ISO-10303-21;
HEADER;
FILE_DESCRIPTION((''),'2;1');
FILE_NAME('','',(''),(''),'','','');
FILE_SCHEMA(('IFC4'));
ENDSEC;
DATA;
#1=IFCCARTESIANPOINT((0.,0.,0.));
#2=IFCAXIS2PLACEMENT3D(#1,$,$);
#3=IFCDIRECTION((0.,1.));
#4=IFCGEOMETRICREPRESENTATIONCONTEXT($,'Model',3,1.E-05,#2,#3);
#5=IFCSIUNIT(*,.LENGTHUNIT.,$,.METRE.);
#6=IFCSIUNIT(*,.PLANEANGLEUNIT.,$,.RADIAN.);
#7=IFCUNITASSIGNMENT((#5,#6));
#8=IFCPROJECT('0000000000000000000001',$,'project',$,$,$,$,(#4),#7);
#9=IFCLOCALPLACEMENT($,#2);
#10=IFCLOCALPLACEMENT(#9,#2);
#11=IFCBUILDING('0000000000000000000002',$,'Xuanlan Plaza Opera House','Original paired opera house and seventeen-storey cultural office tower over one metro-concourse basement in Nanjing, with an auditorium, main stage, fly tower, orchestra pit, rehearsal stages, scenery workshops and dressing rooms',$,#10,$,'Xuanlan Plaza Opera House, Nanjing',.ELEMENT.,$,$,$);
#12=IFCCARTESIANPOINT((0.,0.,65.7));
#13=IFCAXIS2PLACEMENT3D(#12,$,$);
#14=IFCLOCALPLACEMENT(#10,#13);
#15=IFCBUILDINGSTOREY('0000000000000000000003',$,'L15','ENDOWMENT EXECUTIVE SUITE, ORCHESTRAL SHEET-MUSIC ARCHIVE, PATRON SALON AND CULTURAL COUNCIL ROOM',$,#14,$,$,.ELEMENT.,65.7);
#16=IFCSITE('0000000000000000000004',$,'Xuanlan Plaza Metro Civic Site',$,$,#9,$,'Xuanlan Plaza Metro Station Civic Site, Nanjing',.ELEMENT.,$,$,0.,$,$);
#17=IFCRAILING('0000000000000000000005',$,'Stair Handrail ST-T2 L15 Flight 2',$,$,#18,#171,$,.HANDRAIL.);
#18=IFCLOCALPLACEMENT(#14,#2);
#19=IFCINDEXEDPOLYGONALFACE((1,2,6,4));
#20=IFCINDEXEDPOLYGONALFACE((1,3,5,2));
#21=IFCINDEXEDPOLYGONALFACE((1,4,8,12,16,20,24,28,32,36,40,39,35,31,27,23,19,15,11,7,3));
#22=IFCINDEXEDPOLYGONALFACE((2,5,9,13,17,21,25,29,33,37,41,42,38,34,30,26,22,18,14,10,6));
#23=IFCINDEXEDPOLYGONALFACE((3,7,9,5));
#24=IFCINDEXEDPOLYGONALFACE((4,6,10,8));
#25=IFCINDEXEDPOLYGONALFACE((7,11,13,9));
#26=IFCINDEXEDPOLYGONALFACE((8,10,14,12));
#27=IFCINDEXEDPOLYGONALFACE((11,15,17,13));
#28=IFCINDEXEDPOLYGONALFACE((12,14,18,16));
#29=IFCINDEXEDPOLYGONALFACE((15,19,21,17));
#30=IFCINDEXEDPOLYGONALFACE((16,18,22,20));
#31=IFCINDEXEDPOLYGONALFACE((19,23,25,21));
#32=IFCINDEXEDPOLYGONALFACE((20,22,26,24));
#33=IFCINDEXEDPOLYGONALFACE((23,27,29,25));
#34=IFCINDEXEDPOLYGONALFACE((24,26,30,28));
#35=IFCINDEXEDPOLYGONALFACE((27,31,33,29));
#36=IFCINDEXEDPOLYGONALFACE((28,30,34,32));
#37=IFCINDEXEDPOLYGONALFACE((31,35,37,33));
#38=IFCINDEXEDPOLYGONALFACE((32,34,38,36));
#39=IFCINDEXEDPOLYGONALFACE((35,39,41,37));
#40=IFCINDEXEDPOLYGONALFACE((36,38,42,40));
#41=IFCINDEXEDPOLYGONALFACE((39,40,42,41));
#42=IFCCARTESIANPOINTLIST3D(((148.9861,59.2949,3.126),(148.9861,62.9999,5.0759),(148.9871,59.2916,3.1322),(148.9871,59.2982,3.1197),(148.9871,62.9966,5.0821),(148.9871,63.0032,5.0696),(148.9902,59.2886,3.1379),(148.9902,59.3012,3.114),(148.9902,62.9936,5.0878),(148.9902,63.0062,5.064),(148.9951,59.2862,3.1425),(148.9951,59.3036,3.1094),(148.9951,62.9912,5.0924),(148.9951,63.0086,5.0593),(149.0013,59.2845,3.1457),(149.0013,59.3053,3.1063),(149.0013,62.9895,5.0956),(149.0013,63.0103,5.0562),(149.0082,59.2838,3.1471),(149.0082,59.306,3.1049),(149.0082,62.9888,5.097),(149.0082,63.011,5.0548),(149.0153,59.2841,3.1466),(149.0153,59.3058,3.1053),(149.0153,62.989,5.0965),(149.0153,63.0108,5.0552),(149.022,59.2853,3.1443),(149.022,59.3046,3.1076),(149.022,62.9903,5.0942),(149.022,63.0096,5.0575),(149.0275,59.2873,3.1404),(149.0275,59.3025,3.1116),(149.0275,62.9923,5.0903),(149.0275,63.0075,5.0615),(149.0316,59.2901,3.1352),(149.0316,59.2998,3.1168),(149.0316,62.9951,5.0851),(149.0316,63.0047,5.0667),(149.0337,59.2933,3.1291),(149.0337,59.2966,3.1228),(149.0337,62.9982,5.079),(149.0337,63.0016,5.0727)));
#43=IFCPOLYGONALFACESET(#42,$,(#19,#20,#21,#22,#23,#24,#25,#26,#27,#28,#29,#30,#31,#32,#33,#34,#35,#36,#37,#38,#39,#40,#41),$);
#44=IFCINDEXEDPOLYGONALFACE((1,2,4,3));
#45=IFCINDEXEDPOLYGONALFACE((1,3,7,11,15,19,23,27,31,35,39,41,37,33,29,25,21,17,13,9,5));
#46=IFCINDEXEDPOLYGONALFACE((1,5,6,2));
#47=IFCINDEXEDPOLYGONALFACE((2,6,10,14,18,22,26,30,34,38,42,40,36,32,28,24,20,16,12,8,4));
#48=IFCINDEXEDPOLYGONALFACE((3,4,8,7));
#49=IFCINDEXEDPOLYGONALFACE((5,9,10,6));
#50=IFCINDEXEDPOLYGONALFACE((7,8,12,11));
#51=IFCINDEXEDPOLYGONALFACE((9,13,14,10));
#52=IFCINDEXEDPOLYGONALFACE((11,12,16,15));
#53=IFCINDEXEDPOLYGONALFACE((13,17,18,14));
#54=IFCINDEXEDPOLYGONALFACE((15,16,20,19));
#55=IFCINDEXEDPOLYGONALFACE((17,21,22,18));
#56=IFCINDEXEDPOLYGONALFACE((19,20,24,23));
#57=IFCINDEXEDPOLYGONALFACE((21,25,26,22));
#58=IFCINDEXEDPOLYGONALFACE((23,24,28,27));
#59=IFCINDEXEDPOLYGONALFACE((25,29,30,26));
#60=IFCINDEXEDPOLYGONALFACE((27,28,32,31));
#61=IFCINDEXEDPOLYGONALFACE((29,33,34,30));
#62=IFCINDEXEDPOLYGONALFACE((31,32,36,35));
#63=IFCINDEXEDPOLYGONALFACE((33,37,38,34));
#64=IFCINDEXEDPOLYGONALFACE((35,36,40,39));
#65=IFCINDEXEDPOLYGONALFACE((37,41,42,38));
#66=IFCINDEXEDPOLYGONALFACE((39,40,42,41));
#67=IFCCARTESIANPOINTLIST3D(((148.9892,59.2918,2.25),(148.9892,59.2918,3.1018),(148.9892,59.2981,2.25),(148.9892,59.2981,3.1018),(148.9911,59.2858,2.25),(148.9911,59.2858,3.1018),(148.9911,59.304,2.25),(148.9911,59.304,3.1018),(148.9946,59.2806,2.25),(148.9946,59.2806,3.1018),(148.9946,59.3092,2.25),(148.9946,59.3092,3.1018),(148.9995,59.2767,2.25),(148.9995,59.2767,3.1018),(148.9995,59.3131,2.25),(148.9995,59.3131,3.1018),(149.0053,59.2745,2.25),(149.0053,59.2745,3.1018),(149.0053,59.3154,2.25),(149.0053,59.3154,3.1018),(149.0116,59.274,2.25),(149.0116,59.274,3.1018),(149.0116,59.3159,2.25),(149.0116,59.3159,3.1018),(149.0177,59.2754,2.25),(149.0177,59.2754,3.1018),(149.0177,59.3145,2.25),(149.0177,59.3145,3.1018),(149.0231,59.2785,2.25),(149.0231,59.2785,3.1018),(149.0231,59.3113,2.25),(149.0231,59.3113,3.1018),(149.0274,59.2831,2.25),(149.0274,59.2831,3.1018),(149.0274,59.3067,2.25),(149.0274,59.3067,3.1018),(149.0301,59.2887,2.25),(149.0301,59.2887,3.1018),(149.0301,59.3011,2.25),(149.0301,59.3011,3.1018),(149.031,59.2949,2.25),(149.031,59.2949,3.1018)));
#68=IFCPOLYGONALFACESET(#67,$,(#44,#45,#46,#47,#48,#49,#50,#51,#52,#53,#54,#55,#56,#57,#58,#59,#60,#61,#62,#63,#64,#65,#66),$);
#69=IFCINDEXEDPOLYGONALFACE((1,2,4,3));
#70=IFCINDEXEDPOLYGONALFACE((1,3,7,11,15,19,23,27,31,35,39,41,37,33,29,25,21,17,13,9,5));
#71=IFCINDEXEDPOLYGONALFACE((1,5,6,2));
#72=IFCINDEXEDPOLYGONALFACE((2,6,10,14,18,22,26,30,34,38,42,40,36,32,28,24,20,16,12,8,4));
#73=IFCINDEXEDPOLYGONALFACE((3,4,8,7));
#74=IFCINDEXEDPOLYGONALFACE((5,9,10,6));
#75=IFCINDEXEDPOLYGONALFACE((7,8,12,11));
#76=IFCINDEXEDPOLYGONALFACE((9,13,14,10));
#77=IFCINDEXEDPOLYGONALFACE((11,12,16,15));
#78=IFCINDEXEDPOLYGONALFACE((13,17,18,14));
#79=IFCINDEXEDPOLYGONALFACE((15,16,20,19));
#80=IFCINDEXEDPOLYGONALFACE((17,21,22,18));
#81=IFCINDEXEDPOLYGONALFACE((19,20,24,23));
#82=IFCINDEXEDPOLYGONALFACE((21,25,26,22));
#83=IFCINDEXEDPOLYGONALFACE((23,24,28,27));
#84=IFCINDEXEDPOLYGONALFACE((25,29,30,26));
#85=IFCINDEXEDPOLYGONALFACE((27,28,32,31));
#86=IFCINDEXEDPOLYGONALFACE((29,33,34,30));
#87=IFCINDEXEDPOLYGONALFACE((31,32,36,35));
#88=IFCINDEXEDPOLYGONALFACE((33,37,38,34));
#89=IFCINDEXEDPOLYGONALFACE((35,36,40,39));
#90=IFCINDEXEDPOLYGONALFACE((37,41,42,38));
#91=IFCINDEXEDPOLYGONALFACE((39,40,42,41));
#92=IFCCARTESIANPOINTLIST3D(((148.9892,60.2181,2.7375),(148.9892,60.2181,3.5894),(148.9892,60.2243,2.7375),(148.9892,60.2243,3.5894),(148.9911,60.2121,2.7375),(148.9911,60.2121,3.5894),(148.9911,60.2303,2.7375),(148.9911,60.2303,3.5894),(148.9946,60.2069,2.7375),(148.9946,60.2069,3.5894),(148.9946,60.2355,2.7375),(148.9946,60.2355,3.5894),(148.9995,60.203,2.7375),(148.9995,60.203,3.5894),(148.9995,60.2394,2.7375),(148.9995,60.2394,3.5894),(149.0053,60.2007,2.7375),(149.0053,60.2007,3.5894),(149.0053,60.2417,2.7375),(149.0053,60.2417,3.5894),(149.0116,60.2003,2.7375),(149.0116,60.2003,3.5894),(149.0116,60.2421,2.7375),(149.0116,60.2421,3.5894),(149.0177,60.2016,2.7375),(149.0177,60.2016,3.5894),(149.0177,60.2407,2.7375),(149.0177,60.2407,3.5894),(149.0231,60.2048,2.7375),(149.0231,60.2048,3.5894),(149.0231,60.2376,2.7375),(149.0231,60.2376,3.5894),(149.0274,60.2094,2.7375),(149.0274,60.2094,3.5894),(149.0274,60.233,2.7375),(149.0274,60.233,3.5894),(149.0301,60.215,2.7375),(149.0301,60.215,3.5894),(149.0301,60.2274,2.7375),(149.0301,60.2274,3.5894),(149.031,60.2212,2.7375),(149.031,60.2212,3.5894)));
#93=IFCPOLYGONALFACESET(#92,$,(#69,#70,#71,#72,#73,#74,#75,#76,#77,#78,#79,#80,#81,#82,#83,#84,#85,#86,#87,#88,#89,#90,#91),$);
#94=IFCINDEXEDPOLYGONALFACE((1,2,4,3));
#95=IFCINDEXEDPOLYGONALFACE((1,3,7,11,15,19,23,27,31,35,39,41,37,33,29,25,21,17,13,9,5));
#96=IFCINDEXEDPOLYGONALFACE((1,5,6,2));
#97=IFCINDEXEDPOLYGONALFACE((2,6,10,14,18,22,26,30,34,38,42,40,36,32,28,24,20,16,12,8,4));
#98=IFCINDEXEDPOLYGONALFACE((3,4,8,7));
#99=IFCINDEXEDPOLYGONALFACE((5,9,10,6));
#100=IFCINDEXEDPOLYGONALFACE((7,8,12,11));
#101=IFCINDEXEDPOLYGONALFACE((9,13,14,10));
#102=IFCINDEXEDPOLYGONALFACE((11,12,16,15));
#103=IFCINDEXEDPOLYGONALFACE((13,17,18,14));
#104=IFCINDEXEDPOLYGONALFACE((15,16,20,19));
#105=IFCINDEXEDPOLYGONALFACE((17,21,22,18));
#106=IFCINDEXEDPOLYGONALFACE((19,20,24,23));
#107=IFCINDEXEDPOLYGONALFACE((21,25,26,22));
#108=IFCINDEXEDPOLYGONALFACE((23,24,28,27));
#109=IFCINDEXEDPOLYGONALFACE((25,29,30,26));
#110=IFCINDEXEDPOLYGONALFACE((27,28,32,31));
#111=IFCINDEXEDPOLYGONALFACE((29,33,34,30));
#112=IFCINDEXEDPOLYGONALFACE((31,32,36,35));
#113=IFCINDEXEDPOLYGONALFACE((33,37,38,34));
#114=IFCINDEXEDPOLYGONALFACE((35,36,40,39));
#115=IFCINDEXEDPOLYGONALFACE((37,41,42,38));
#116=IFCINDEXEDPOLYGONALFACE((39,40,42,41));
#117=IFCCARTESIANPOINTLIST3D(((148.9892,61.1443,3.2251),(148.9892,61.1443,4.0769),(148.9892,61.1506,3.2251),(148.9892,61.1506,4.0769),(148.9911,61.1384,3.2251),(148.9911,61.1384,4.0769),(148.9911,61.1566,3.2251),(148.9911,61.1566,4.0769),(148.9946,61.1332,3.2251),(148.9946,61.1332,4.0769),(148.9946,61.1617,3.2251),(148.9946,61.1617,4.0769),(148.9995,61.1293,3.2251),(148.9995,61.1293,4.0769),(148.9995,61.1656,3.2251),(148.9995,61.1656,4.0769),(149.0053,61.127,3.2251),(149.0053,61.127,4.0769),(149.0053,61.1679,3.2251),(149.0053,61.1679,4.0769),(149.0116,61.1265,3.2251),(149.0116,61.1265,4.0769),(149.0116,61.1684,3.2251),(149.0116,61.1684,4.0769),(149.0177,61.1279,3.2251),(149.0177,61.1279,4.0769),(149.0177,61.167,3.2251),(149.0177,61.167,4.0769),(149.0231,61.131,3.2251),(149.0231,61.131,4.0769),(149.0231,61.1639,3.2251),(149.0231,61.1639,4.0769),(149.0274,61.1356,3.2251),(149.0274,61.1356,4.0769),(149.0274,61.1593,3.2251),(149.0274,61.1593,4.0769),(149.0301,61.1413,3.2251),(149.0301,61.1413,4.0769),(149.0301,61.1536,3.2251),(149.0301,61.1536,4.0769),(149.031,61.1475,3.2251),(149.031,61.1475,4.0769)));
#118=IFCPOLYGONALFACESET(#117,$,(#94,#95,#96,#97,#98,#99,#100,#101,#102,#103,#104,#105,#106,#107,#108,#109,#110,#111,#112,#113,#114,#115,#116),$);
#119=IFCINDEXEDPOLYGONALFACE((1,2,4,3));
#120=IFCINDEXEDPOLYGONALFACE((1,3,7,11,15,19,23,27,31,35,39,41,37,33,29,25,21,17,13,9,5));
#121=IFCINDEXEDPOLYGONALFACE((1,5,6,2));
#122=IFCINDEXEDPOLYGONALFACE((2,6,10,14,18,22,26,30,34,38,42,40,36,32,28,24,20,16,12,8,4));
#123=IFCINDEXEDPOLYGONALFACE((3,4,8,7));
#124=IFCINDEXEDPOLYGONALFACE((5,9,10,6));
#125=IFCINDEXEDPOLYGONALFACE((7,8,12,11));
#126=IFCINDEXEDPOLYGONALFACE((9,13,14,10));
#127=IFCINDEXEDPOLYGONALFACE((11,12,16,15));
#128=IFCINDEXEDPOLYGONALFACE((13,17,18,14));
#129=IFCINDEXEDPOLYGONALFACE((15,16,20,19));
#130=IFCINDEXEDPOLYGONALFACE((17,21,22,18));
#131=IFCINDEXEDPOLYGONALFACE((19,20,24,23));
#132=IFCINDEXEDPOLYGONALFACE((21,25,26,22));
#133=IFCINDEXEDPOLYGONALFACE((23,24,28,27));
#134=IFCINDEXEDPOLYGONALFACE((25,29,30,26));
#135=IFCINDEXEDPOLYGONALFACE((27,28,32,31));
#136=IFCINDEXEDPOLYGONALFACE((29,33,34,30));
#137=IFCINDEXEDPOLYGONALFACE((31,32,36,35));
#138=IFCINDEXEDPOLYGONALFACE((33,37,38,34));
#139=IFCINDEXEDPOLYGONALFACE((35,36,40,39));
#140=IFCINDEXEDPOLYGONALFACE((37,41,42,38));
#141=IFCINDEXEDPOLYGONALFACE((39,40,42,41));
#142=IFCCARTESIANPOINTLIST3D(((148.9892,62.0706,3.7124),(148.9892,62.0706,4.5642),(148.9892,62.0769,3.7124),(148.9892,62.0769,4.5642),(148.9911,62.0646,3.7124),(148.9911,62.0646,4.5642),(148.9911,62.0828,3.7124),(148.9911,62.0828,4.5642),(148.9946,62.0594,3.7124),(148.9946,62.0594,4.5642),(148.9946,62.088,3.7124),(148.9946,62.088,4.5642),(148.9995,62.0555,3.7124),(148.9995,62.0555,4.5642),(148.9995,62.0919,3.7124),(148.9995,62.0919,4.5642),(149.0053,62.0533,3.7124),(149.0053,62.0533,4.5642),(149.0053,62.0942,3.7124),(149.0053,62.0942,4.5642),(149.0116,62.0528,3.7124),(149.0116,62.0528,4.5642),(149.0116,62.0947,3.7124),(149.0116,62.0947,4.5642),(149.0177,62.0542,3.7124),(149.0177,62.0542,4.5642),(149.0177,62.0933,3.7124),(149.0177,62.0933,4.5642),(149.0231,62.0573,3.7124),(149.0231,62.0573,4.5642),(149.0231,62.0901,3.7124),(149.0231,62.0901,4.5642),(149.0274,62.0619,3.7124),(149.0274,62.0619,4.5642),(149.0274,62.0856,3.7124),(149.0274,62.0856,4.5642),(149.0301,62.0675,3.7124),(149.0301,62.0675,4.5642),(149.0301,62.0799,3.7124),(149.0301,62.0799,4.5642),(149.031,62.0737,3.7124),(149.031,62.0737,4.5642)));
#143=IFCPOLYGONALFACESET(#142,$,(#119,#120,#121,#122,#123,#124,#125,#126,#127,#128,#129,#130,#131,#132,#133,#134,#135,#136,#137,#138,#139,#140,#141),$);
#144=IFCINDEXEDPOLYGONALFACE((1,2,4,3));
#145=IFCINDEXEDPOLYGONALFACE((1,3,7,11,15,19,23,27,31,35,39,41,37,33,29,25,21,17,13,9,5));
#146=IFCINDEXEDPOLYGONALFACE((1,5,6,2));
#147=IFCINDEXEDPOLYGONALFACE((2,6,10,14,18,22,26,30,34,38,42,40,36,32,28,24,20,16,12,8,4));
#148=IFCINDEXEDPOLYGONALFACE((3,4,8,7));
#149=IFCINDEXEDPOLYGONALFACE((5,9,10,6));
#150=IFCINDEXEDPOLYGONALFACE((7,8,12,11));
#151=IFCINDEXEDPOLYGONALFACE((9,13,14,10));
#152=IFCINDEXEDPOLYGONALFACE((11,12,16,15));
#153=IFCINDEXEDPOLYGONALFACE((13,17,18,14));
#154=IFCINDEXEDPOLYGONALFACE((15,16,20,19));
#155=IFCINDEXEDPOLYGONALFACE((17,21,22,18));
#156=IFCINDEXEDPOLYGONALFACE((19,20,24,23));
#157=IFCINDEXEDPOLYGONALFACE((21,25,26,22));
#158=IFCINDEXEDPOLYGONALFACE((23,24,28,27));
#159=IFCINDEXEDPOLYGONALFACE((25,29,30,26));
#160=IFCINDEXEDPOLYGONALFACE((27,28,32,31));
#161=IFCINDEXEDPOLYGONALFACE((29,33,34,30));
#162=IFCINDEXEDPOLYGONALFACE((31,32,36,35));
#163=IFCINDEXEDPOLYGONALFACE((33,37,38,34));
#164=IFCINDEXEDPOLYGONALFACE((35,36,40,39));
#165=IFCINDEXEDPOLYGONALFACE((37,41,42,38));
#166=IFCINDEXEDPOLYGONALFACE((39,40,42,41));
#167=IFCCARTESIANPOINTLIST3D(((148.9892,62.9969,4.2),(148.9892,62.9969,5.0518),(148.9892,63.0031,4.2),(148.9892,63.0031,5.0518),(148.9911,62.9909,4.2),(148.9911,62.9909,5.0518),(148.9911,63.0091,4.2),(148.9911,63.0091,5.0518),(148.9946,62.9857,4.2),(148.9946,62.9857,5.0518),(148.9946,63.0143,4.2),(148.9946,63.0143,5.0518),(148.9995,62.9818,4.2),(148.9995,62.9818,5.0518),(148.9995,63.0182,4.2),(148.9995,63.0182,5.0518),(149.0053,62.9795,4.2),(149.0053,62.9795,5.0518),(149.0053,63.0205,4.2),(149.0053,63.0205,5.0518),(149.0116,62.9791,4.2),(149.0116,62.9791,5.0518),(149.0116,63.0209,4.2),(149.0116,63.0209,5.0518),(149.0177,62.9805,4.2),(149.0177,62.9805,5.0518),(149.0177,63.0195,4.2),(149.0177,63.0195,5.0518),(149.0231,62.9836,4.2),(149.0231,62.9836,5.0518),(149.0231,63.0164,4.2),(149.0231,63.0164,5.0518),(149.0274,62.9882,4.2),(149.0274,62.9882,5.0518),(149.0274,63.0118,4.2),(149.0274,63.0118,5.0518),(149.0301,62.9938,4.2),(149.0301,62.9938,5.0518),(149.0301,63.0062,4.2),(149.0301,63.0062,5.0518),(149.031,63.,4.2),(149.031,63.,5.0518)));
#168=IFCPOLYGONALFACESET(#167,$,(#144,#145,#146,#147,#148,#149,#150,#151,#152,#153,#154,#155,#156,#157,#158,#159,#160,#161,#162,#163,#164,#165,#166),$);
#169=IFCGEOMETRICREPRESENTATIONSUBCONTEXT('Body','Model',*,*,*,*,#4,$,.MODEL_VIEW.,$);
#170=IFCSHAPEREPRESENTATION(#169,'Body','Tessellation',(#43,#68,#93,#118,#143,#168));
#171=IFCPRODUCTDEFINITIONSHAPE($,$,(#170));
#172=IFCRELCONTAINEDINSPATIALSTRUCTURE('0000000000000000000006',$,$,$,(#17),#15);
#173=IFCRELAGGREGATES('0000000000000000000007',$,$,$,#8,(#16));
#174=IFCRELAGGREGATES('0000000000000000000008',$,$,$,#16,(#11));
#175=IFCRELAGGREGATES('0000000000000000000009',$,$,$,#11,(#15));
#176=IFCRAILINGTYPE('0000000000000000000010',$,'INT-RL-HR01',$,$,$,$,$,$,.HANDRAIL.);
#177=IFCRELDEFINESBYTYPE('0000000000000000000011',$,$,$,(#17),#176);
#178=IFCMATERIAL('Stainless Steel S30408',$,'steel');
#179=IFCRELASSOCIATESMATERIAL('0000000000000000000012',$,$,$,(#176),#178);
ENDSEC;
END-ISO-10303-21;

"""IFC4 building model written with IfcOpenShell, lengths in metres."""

from ifc_helpers import new_model, si_unit, direction, frame, origin, origin_2d, place, context, subcontext, project, spatial, circle, extrude, material, type_object, element, save


model = new_model("IFC4")

# Units and contexts
model_context = context("Model", 3, precision=1e-05, world=origin(), true_north=direction((0.0, 1.0)))
body_context = subcontext(model_context, "Body", "Model", "MODEL_VIEW")
ifc_project = project(units=[si_unit("LENGTHUNIT", "METRE"), si_unit("PLANEANGLEUNIT", "RADIAN")], contexts=[model_context])

# Site, building, storey
site_placement = place(None, origin())
site = spatial("IfcSite", under=ifc_project, at=site_placement, Name="Xuanlan Plaza Metro Civic Site", LongName="Xuanlan Plaza Metro Station Civic Site, Nanjing", CompositionType="ELEMENT", RefElevation=0.0)
building_placement = place(site_placement, origin())
building = spatial("IfcBuilding", under=site, at=building_placement, Name="Xuanlan Plaza Opera House", Description="Original paired opera house and seventeen-storey cultural office tower over one metro-concourse basement in Nanjing, with an auditorium, main stage, fly tower, orchestra pit, rehearsal stages, scenery workshops and dressing rooms", LongName="Xuanlan Plaza Opera House, Nanjing", CompositionType="ELEMENT")
storey_placement = place(building_placement, frame((0.0, 0.0, 65.7)))
storey = spatial("IfcBuildingStorey", under=building, at=storey_placement, Name="L15", Description="ENDOWMENT EXECUTIVE SUITE, ORCHESTRAL SHEET-MUSIC ARCHIVE, PATRON SALON AND CULTURAL COUNCIL ROOM", CompositionType="ELEMENT", Elevation=65.7)

# Shared definitions
ifc_material_1 = material(Name="Stainless Steel S30408", Category="steel")

# Railing
railing_type = type_object("IfcRailingType", Name="INT-RL-HR01", PredefinedType="HANDRAIL", material=ifc_material_1)
for number, where, name in (
    (1, (149.01, 59.2949, 2.25), "Stair Handrail ST-T2 L15 Flight 2"),
):
    element("IfcRailing", number, at=place(storey_placement, frame(where)), inside=storey, type_object=railing_type, Name=name, PredefinedType="HANDRAIL", context=body_context, shape_type="SweptSolid", body=[
        extrude(circle(Radius=0.0239, at=origin_2d()), frame((0.0, 0.0, 0.876), z_axis=(0.0, 0.884927, 0.46573), x_axis=(-1.0, 0.0, 0.0)), (0.0, 0.0, 1.0), 4.1868),
        extrude(circle(Radius=0.021, at=origin_2d()), origin(), (0.0, 0.0, 1.0), 0.8518),
        extrude(circle(Radius=0.021, at=origin_2d()), frame((0.0, 0.9263, 0.4875)), (0.0, 0.0, 1.0), 0.8518),
        extrude(circle(Radius=0.021, at=origin_2d()), frame((0.0, 1.8525, 0.9751)), (0.0, 0.0, 1.0), 0.8518),
        extrude(circle(Radius=0.021, at=origin_2d()), frame((0.0, 2.7788, 1.4624)), (0.0, 0.0, 1.0), 0.8518),
        extrude(circle(Radius=0.021, at=origin_2d()), frame((0.0, 3.7051, 1.95)), (0.0, 0.0, 1.0), 0.8518),
    ])

save(model, "model.ifc")
